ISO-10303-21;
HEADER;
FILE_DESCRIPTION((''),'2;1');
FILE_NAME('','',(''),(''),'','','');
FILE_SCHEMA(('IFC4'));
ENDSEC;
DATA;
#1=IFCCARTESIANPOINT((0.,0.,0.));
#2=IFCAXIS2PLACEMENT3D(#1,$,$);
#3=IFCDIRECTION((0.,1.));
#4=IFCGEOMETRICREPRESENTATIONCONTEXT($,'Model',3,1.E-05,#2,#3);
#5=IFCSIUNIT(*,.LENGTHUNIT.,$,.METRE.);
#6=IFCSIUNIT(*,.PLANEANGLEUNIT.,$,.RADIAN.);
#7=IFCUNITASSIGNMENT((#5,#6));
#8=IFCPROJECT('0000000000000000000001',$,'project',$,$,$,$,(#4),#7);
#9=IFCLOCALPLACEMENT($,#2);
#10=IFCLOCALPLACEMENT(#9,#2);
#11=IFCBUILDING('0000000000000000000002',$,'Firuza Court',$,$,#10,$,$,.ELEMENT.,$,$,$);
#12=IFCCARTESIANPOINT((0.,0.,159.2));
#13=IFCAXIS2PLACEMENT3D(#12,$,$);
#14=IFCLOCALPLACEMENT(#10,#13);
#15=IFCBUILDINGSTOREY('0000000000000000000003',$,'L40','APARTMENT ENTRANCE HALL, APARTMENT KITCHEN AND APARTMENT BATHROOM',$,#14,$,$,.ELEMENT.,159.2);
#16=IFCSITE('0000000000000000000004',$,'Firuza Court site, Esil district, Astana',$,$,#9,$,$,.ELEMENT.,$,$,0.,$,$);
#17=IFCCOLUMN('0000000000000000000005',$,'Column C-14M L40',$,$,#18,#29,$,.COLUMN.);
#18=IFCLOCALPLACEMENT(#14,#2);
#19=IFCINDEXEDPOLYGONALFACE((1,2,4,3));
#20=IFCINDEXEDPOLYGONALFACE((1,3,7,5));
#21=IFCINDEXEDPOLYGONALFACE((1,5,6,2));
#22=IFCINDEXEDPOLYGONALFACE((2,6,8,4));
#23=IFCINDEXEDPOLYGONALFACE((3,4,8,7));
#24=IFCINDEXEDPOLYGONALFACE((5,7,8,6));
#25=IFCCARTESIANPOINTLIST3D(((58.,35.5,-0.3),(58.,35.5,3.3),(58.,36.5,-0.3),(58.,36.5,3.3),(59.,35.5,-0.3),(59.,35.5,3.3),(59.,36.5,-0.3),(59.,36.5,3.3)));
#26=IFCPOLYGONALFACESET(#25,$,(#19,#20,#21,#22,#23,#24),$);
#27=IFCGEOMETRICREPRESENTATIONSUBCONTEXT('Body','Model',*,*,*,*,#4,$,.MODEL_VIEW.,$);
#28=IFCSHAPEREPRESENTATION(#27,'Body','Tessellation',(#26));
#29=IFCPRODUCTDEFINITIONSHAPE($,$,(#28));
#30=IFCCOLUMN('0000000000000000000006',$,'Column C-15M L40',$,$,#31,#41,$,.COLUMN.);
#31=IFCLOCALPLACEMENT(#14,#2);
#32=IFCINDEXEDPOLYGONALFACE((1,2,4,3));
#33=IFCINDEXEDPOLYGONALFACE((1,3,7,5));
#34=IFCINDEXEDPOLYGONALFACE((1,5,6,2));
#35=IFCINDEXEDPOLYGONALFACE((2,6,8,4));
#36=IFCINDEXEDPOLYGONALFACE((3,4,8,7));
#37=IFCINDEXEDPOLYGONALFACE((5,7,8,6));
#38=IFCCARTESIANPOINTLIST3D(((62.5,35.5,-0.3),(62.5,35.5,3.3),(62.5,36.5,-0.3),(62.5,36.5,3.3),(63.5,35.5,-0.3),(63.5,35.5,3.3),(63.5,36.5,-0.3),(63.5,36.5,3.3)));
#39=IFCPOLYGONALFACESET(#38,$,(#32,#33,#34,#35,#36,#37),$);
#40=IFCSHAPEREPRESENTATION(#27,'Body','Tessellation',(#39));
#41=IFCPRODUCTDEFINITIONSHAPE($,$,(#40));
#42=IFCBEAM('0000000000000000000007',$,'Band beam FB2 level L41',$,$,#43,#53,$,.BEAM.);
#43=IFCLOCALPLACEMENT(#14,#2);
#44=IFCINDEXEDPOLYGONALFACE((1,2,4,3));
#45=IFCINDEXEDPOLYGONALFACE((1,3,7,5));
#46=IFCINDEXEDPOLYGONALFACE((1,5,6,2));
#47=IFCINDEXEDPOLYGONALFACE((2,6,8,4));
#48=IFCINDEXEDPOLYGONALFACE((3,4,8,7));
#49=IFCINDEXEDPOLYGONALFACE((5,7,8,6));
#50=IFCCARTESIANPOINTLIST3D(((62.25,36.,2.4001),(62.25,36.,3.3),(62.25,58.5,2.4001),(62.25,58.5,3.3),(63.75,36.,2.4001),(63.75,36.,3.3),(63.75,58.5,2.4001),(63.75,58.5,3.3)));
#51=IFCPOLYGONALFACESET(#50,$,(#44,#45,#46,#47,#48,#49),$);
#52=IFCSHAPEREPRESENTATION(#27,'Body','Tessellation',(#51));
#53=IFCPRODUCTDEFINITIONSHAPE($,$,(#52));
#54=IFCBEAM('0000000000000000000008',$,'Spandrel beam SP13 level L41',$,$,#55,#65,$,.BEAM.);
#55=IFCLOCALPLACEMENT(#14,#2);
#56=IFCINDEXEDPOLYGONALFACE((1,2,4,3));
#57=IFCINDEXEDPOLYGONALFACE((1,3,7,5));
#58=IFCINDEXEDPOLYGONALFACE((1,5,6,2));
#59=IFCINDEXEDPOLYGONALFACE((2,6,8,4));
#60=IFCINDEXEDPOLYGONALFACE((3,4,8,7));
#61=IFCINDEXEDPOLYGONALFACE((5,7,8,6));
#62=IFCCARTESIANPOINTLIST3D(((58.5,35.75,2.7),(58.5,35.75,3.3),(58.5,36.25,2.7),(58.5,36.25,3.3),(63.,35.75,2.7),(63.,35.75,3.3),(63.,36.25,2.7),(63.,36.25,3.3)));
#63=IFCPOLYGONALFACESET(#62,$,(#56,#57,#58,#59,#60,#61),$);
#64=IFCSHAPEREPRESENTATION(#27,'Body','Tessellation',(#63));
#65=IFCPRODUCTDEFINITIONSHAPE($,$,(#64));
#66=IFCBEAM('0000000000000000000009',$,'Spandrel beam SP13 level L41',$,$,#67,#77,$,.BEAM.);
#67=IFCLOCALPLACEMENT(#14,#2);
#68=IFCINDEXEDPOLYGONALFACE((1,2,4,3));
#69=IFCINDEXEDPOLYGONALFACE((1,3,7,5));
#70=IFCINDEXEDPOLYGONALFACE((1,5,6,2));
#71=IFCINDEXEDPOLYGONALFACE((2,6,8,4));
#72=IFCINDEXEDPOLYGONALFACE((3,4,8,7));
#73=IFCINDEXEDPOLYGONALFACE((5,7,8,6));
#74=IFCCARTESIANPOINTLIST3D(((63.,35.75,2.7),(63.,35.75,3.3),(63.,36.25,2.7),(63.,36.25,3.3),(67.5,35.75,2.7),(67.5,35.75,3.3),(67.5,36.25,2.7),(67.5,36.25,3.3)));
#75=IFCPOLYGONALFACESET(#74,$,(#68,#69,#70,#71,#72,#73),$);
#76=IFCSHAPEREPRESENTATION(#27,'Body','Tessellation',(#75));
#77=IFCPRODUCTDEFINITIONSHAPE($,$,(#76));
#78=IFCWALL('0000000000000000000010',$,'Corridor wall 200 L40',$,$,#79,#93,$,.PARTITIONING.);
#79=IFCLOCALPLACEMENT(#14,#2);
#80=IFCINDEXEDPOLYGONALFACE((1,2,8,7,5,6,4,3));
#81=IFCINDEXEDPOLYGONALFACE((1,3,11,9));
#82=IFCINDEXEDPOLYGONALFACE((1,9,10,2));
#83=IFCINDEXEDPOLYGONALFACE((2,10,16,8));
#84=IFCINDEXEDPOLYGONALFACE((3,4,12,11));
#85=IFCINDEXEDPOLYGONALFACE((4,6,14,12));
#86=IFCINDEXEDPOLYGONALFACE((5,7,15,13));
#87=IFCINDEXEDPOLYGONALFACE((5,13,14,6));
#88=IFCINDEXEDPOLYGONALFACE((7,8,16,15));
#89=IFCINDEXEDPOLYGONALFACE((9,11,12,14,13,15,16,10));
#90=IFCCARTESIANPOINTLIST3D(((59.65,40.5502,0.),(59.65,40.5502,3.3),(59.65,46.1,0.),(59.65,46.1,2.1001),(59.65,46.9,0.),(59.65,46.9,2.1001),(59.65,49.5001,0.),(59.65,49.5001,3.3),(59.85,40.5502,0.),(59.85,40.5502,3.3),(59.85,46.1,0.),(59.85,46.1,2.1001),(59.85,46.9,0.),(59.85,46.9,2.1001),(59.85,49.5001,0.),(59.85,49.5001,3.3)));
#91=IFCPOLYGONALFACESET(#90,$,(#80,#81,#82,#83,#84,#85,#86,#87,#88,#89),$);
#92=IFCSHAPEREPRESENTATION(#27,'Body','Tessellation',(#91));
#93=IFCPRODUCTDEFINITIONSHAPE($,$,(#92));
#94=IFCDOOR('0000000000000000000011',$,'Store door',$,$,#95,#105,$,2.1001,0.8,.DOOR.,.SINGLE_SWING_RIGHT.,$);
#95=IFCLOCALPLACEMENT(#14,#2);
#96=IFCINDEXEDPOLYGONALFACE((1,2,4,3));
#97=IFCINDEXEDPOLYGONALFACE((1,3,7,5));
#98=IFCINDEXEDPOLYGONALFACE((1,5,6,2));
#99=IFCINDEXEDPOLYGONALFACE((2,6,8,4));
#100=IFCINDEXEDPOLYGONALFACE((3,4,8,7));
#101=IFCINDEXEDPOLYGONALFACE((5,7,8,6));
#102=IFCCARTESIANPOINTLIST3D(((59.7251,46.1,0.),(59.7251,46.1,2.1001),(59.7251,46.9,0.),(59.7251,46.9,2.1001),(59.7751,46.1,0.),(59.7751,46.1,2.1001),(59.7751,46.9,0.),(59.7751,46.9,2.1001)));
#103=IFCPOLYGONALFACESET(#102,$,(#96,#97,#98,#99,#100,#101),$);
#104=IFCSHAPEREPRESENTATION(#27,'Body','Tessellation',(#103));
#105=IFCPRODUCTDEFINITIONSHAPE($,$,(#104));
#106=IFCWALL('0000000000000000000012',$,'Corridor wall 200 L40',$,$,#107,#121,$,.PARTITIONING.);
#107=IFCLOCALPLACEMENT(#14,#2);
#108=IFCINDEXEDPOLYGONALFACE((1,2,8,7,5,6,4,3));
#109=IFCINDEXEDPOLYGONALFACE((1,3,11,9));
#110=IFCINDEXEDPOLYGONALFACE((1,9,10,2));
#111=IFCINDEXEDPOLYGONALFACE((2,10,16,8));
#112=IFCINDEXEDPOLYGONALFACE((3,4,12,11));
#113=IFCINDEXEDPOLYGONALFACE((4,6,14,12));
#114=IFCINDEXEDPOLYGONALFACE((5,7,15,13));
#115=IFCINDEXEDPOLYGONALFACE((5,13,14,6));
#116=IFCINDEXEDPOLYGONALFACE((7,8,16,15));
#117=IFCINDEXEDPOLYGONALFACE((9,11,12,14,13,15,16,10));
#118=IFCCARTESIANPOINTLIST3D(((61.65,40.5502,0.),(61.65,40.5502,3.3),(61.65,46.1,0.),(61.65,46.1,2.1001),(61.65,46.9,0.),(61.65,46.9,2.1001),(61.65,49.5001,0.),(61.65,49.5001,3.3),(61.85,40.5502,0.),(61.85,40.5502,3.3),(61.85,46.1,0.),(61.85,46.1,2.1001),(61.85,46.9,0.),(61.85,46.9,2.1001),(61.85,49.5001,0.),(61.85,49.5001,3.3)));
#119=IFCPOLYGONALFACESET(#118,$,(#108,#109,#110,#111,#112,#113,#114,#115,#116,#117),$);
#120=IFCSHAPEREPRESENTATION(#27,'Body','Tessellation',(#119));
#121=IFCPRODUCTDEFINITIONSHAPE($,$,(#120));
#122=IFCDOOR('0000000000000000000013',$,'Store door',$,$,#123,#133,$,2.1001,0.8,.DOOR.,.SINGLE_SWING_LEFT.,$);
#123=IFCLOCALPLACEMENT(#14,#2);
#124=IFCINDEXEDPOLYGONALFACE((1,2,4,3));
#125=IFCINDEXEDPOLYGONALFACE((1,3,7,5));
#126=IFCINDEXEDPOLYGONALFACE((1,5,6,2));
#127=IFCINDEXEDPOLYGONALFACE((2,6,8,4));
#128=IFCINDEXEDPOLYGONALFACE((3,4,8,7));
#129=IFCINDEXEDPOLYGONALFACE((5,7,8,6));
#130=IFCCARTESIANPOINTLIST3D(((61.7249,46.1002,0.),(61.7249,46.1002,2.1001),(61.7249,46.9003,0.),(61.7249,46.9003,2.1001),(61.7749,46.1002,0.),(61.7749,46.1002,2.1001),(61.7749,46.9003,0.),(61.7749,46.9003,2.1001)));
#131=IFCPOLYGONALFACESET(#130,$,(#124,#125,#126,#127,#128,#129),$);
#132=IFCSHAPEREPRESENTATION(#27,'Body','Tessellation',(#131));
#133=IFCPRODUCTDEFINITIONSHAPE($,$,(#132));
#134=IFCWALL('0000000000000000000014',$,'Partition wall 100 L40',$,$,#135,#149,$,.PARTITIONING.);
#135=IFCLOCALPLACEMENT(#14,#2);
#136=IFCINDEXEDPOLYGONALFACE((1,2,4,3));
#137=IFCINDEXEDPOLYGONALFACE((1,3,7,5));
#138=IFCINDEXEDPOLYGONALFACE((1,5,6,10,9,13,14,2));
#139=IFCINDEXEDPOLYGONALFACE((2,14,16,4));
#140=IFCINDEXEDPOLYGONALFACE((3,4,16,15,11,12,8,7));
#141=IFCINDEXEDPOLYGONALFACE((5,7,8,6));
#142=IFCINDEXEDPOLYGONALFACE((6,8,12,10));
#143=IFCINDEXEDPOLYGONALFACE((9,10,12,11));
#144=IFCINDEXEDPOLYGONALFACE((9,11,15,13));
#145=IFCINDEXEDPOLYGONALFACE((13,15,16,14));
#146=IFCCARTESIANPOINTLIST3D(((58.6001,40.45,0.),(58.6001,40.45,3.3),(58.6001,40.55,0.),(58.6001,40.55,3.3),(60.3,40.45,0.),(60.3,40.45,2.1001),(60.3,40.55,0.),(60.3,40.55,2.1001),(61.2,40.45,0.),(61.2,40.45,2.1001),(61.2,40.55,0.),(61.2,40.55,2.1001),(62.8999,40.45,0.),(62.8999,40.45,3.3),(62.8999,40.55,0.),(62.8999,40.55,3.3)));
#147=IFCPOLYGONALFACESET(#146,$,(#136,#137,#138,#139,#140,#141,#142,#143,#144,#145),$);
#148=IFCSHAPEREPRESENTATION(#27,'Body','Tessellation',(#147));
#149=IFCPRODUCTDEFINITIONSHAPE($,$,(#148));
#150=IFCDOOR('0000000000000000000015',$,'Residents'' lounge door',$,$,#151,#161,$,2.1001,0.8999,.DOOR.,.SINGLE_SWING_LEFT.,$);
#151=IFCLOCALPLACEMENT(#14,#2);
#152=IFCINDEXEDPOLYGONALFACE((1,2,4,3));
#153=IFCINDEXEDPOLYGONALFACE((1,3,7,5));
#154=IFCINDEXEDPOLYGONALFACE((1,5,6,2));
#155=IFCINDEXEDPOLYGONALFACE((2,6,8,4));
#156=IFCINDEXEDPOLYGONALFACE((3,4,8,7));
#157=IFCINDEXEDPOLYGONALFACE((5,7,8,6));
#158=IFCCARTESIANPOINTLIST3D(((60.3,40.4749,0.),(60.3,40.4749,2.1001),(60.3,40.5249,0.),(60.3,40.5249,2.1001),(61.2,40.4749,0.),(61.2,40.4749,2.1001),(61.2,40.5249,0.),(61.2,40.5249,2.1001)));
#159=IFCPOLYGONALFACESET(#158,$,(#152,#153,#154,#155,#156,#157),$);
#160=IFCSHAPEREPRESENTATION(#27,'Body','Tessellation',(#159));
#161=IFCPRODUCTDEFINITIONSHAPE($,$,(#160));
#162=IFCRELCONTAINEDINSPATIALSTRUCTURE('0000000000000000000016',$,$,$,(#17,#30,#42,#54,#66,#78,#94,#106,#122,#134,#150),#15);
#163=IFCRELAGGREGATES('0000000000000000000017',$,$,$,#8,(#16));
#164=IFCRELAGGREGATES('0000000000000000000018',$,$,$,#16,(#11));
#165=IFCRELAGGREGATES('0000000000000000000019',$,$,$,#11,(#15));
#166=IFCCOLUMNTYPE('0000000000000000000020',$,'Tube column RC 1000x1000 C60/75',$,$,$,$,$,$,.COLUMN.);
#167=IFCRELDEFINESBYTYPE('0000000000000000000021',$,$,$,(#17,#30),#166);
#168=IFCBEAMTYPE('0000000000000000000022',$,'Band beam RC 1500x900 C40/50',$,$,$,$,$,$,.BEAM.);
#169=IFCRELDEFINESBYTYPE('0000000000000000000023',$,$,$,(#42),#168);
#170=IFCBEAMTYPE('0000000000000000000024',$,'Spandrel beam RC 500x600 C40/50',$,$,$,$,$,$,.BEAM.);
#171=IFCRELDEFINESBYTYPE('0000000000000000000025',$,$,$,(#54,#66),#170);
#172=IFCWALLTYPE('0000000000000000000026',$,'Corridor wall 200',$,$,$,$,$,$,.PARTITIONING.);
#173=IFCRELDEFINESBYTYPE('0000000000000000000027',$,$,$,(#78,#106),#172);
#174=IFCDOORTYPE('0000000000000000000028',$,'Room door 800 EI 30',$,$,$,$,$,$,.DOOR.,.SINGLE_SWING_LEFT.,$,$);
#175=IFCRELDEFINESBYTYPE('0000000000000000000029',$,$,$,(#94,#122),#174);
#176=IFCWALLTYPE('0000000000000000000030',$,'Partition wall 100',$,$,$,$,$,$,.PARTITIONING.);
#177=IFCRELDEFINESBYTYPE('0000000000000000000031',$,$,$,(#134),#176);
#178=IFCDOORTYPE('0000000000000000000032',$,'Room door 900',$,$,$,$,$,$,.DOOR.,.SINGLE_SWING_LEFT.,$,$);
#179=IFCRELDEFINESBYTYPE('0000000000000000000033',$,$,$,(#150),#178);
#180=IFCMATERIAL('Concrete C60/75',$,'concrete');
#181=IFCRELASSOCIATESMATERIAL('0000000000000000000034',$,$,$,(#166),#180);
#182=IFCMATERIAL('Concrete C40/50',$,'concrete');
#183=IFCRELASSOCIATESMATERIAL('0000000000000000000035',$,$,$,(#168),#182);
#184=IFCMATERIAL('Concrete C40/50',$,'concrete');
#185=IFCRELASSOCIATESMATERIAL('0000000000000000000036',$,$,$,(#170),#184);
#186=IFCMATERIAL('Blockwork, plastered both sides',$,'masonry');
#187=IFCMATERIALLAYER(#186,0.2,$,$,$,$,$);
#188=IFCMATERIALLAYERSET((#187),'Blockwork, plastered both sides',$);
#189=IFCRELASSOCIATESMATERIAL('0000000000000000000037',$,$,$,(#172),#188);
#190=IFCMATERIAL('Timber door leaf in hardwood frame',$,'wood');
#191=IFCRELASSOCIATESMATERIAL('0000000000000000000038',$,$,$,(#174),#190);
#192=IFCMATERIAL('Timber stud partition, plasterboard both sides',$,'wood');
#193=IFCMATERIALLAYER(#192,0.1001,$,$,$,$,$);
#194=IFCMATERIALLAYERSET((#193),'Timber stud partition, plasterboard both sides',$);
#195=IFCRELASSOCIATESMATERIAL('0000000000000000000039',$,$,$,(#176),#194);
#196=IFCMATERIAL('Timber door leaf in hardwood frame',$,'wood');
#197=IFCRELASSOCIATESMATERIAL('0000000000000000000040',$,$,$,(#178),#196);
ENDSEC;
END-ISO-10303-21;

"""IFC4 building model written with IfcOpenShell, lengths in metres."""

from ifc_helpers import new_model, si_unit, direction, frame, frame_2d, origin, origin_2d, place, context, subcontext, project, spatial, rectangle, extrude, material, layer, layer_set, material_profile, profile_set, type_object, element, fill, save


model = new_model("IFC4")

# Units and contexts
model_context = context("Model", 3, precision=1e-05, world=origin(), true_north=direction((0.0, 1.0)))
body_context = subcontext(model_context, "Body", "Model", "MODEL_VIEW")
ifc_project = project(units=[si_unit("LENGTHUNIT", "METRE"), si_unit("PLANEANGLEUNIT", "RADIAN")], contexts=[model_context])

# Site, building, storey
site_placement = place(None, origin())
site = spatial("IfcSite", under=ifc_project, at=site_placement, Name="Firuza Court site, Esil district, Astana", CompositionType="ELEMENT", RefElevation=0.0)
building_placement = place(site_placement, origin())
building = spatial("IfcBuilding", under=site, at=building_placement, Name="Firuza Court", CompositionType="ELEMENT")
storey_placement = place(building_placement, frame((0.0, 0.0, 159.2)))
storey = spatial("IfcBuildingStorey", under=building, at=storey_placement, Name="L40", Description="APARTMENT ENTRANCE HALL, APARTMENT KITCHEN AND APARTMENT BATHROOM", CompositionType="ELEMENT", Elevation=159.2)

# Columns
ifc_material_1 = material(Name="Concrete C60/75", Category="concrete")
ifc_material_profile_1 = material_profile(ifc_material_1, rectangle(XDim=1.0, YDim=1.0, at=origin_2d()), Name="RC 1000x1000")
ifc_profile_set_1 = profile_set([ifc_material_profile_1], Name="Concrete C60/75")
column_type = type_object("IfcColumnType", Name="Tube column RC 1000x1000 C60/75", PredefinedType="COLUMN", material=ifc_profile_set_1)
for number, where, z_axis, x_axis, name in (
    (1, (58.5, 36.0, -0.3), (0.0, 0.0, 1.0), (1.0, 0.0, 0.0), "Column C-14M L40"),
    (2, (63.0, 36.0, -0.3), (0.0, 0.0, 1.0), (1.0, 0.0, 0.0), "Column C-15M L40"),
):
    element("IfcColumn", number, at=place(storey_placement, frame(where, z_axis=z_axis, x_axis=x_axis)), inside=storey, type_object=column_type, Name=name, PredefinedType="COLUMN", context=body_context, shape_type="SweptSolid", body=[
        extrude(rectangle(XDim=1.0, YDim=1.0, at=origin_2d()), origin(), (0.0, 0.0, 1.0), 3.6001),
    ])

# Beams
ifc_material_2 = material(Name="Concrete C40/50", Category="concrete")
ifc_material_profile_2 = material_profile(ifc_material_2, rectangle(XDim=1.5, YDim=0.8999, at=origin_2d()), Name="RC 1500x900")
ifc_profile_set_2 = profile_set([ifc_material_profile_2], Name="Concrete C40/50")
beam_type_1 = type_object("IfcBeamType", Name="Band beam RC 1500x900 C40/50", PredefinedType="BEAM", material=ifc_profile_set_2)
beam_placement = place(storey_placement, frame((63.0, 36.0, 2.8501), z_axis=(0.0, 1.0, 0.0), x_axis=(-1.0, 0.0, 0.0)))
element("IfcBeam", 3, at=beam_placement, inside=storey, type_object=beam_type_1, Name="Band beam FB2 level L41", PredefinedType="BEAM", context=body_context, shape_type="SweptSolid", body=[
    extrude(rectangle(XDim=1.5, YDim=0.8999, at=origin_2d()), origin(), (0.0, 0.0, 1.0), 22.5),
])
ifc_material_3 = material(Name="Concrete C40/50", Category="concrete")
ifc_material_profile_3 = material_profile(ifc_material_3, rectangle(XDim=0.5, YDim=0.6001, at=origin_2d()), Name="RC 500x600")
ifc_profile_set_3 = profile_set([ifc_material_profile_3], Name="Concrete C40/50")
beam_type_2 = type_object("IfcBeamType", Name="Spandrel beam RC 500x600 C40/50", PredefinedType="BEAM", material=ifc_profile_set_3)
for number, where, z_axis, x_axis, name in (
    (4, (58.5, 36.0, 3.0), (1.0, 0.0, 0.0), (0.0, 1.0, 0.0), "Spandrel beam SP13 level L41"),
    (5, (63.0, 36.0, 3.0), (1.0, 0.0, 0.0), (0.0, 1.0, 0.0), "Spandrel beam SP13 level L41"),
):
    element("IfcBeam", number, at=place(storey_placement, frame(where, z_axis=z_axis, x_axis=x_axis)), inside=storey, type_object=beam_type_2, Name=name, PredefinedType="BEAM", context=body_context, shape_type="SweptSolid", body=[
        extrude(rectangle(XDim=0.5, YDim=0.6001, at=origin_2d()), origin(), (0.0, 0.0, 1.0), 4.5),
    ])

# Walls, openings, doors
ifc_material_4 = material(Name="Blockwork, plastered both sides", Category="masonry")
ifc_layer_1 = layer(ifc_material_4, 0.2)
ifc_layer_set_1 = layer_set([ifc_layer_1], Name="Blockwork, plastered both sides")
wall_type_1 = type_object("IfcWallType", Name="Corridor wall 200", PredefinedType="PARTITIONING", material=ifc_layer_set_1)
wall_1_placement = place(storey_placement, frame((59.75, 40.55, 0.0), z_axis=(0.0, 0.0, 1.0), x_axis=(0.0, 1.0, 0.0)))
wall_1 = element("IfcWall", 6, at=wall_1_placement, inside=storey, type_object=wall_type_1, Name="Corridor wall 200 L40", PredefinedType="PARTITIONING", context=body_context, shape_type="SweptSolid", body=[
    extrude(rectangle(XDim=8.95, YDim=0.2, at=frame_2d((4.4751, 0.0))), origin(), (0.0, 0.0, 1.0), 3.3),
])
opening_1_placement = place(wall_1_placement, frame((5.55, 0.0, 0.0)))
opening_1 = element("IfcOpeningElement", 7, at=opening_1_placement, cuts=wall_1, PredefinedType="OPENING", context=body_context, shape_type="SweptSolid", body=[
    extrude(rectangle(XDim=0.8, YDim=2.1001, at=frame_2d((0.3999, 1.05))), frame((0.0, 0.1118, 0.0), z_axis=(0.0, -1.0, 0.0), x_axis=(1.0, 0.0, 0.0)), (0.0, 0.0, 1.0), 0.2239),
])
ifc_material_5 = material(Name="Timber door leaf in hardwood frame", Category="wood")
door_type_1 = type_object("IfcDoorType", Name="Room door 800 EI 30", OperationType="SINGLE_SWING_LEFT", PredefinedType="DOOR", material=ifc_material_5)
door_1_placement = place(opening_1_placement, origin())
door_1 = element("IfcDoor", 8, at=door_1_placement, inside=storey, type_object=door_type_1, Name="Store door", OperationType="SINGLE_SWING_RIGHT", OverallHeight=2.1001, OverallWidth=0.8, PredefinedType="DOOR", context=body_context, shape_type="SweptSolid", body=[
    extrude(rectangle(XDim=0.8, YDim=2.1001, at=frame_2d((0.3999, 1.05))), frame((0.0, 0.0249, 0.0), z_axis=(0.0, -1.0, 0.0), x_axis=(1.0, 0.0, 0.0)), (0.0, 0.0, 1.0), 0.05),
])
fill(opening_1, door_1)
wall_2_placement = place(storey_placement, frame((61.75, 40.55, 0.0), z_axis=(0.0, 0.0, 1.0), x_axis=(0.0, 1.0, 0.0)))
wall_2 = element("IfcWall", 9, at=wall_2_placement, inside=storey, type_object=wall_type_1, Name="Corridor wall 200 L40", PredefinedType="PARTITIONING", context=body_context, shape_type="SweptSolid", body=[
    extrude(rectangle(XDim=8.95, YDim=0.2, at=frame_2d((4.4751, 0.0))), origin(), (0.0, 0.0, 1.0), 3.3),
])
opening_2_placement = place(wall_2_placement, frame((5.55, 0.0, 0.0)))
opening_2 = element("IfcOpeningElement", 10, at=opening_2_placement, cuts=wall_2, PredefinedType="OPENING", context=body_context, shape_type="SweptSolid", body=[
    extrude(rectangle(XDim=0.8, YDim=2.1001, at=frame_2d((0.3999, 1.05))), frame((0.0, 0.1118, 0.0), z_axis=(0.0, -1.0, 0.0), x_axis=(1.0, 0.0, 0.0)), (0.0, 0.0, 1.0), 0.2239),
])
door_2_placement = place(opening_2_placement, frame((0.8, 0.0, 0.0), z_axis=(0.0, 0.0, 1.0), x_axis=(-1.0, 0.0, 0.0)))
door_2 = element("IfcDoor", 11, at=door_2_placement, inside=storey, type_object=door_type_1, Name="Store door", OperationType="SINGLE_SWING_LEFT", OverallHeight=2.1001, OverallWidth=0.8, PredefinedType="DOOR", context=body_context, shape_type="SweptSolid", body=[
    extrude(rectangle(XDim=0.8, YDim=2.1001, at=frame_2d((0.3999, 1.05))), frame((0.0, 0.0249, 0.0), z_axis=(0.0, -1.0, 0.0), x_axis=(1.0, 0.0, 0.0)), (0.0, 0.0, 1.0), 0.05),
])
fill(opening_2, door_2)
ifc_material_6 = material(Name="Timber stud partition, plasterboard both sides", Category="wood")
ifc_layer_2 = layer(ifc_material_6, 0.1001)
ifc_layer_set_2 = layer_set([ifc_layer_2], Name="Timber stud partition, plasterboard both sides")
wall_type_2 = type_object("IfcWallType", Name="Partition wall 100", PredefinedType="PARTITIONING", material=ifc_layer_set_2)
wall_3_placement = place(storey_placement, frame((58.6001, 40.5, 0.0), z_axis=(0.0, 0.0, 1.0), x_axis=(1.0, 0.0, 0.0)))
wall_3 = element("IfcWall", 12, at=wall_3_placement, inside=storey, type_object=wall_type_2, Name="Partition wall 100 L40", PredefinedType="PARTITIONING", context=body_context, shape_type="SweptSolid", body=[
    extrude(rectangle(XDim=4.2998, YDim=0.1001, at=frame_2d((2.1499, 0.0))), origin(), (0.0, 0.0, 1.0), 3.3),
])
opening_3_placement = place(wall_3_placement, frame((1.7, 0.0, 0.0)))
opening_3 = element("IfcOpeningElement", 13, at=opening_3_placement, cuts=wall_3, PredefinedType="OPENING", context=body_context, shape_type="SweptSolid", body=[
    extrude(rectangle(XDim=0.8999, YDim=2.1001, at=frame_2d((0.45, 1.05))), frame((0.0, 0.062, 0.0), z_axis=(0.0, -1.0, 0.0), x_axis=(1.0, 0.0, 0.0)), (0.0, 0.0, 1.0), 0.124),
])
ifc_material_7 = material(Name="Timber door leaf in hardwood frame", Category="wood")
door_type_2 = type_object("IfcDoorType", Name="Room door 900", OperationType="SINGLE_SWING_LEFT", PredefinedType="DOOR", material=ifc_material_7)
door_3_placement = place(opening_3_placement, origin())
door_3 = element("IfcDoor", 14, at=door_3_placement, inside=storey, type_object=door_type_2, Name="Residents' lounge door", OperationType="SINGLE_SWING_LEFT", OverallHeight=2.1001, OverallWidth=0.8999, PredefinedType="DOOR", context=body_context, shape_type="SweptSolid", body=[
    extrude(rectangle(XDim=0.8999, YDim=2.1001, at=frame_2d((0.45, 1.05))), frame((0.0, 0.0249, 0.0), z_axis=(0.0, -1.0, 0.0), x_axis=(1.0, 0.0, 0.0)), (0.0, 0.0, 1.0), 0.05),
])
fill(opening_3, door_3)

save(model, "model.ifc")
